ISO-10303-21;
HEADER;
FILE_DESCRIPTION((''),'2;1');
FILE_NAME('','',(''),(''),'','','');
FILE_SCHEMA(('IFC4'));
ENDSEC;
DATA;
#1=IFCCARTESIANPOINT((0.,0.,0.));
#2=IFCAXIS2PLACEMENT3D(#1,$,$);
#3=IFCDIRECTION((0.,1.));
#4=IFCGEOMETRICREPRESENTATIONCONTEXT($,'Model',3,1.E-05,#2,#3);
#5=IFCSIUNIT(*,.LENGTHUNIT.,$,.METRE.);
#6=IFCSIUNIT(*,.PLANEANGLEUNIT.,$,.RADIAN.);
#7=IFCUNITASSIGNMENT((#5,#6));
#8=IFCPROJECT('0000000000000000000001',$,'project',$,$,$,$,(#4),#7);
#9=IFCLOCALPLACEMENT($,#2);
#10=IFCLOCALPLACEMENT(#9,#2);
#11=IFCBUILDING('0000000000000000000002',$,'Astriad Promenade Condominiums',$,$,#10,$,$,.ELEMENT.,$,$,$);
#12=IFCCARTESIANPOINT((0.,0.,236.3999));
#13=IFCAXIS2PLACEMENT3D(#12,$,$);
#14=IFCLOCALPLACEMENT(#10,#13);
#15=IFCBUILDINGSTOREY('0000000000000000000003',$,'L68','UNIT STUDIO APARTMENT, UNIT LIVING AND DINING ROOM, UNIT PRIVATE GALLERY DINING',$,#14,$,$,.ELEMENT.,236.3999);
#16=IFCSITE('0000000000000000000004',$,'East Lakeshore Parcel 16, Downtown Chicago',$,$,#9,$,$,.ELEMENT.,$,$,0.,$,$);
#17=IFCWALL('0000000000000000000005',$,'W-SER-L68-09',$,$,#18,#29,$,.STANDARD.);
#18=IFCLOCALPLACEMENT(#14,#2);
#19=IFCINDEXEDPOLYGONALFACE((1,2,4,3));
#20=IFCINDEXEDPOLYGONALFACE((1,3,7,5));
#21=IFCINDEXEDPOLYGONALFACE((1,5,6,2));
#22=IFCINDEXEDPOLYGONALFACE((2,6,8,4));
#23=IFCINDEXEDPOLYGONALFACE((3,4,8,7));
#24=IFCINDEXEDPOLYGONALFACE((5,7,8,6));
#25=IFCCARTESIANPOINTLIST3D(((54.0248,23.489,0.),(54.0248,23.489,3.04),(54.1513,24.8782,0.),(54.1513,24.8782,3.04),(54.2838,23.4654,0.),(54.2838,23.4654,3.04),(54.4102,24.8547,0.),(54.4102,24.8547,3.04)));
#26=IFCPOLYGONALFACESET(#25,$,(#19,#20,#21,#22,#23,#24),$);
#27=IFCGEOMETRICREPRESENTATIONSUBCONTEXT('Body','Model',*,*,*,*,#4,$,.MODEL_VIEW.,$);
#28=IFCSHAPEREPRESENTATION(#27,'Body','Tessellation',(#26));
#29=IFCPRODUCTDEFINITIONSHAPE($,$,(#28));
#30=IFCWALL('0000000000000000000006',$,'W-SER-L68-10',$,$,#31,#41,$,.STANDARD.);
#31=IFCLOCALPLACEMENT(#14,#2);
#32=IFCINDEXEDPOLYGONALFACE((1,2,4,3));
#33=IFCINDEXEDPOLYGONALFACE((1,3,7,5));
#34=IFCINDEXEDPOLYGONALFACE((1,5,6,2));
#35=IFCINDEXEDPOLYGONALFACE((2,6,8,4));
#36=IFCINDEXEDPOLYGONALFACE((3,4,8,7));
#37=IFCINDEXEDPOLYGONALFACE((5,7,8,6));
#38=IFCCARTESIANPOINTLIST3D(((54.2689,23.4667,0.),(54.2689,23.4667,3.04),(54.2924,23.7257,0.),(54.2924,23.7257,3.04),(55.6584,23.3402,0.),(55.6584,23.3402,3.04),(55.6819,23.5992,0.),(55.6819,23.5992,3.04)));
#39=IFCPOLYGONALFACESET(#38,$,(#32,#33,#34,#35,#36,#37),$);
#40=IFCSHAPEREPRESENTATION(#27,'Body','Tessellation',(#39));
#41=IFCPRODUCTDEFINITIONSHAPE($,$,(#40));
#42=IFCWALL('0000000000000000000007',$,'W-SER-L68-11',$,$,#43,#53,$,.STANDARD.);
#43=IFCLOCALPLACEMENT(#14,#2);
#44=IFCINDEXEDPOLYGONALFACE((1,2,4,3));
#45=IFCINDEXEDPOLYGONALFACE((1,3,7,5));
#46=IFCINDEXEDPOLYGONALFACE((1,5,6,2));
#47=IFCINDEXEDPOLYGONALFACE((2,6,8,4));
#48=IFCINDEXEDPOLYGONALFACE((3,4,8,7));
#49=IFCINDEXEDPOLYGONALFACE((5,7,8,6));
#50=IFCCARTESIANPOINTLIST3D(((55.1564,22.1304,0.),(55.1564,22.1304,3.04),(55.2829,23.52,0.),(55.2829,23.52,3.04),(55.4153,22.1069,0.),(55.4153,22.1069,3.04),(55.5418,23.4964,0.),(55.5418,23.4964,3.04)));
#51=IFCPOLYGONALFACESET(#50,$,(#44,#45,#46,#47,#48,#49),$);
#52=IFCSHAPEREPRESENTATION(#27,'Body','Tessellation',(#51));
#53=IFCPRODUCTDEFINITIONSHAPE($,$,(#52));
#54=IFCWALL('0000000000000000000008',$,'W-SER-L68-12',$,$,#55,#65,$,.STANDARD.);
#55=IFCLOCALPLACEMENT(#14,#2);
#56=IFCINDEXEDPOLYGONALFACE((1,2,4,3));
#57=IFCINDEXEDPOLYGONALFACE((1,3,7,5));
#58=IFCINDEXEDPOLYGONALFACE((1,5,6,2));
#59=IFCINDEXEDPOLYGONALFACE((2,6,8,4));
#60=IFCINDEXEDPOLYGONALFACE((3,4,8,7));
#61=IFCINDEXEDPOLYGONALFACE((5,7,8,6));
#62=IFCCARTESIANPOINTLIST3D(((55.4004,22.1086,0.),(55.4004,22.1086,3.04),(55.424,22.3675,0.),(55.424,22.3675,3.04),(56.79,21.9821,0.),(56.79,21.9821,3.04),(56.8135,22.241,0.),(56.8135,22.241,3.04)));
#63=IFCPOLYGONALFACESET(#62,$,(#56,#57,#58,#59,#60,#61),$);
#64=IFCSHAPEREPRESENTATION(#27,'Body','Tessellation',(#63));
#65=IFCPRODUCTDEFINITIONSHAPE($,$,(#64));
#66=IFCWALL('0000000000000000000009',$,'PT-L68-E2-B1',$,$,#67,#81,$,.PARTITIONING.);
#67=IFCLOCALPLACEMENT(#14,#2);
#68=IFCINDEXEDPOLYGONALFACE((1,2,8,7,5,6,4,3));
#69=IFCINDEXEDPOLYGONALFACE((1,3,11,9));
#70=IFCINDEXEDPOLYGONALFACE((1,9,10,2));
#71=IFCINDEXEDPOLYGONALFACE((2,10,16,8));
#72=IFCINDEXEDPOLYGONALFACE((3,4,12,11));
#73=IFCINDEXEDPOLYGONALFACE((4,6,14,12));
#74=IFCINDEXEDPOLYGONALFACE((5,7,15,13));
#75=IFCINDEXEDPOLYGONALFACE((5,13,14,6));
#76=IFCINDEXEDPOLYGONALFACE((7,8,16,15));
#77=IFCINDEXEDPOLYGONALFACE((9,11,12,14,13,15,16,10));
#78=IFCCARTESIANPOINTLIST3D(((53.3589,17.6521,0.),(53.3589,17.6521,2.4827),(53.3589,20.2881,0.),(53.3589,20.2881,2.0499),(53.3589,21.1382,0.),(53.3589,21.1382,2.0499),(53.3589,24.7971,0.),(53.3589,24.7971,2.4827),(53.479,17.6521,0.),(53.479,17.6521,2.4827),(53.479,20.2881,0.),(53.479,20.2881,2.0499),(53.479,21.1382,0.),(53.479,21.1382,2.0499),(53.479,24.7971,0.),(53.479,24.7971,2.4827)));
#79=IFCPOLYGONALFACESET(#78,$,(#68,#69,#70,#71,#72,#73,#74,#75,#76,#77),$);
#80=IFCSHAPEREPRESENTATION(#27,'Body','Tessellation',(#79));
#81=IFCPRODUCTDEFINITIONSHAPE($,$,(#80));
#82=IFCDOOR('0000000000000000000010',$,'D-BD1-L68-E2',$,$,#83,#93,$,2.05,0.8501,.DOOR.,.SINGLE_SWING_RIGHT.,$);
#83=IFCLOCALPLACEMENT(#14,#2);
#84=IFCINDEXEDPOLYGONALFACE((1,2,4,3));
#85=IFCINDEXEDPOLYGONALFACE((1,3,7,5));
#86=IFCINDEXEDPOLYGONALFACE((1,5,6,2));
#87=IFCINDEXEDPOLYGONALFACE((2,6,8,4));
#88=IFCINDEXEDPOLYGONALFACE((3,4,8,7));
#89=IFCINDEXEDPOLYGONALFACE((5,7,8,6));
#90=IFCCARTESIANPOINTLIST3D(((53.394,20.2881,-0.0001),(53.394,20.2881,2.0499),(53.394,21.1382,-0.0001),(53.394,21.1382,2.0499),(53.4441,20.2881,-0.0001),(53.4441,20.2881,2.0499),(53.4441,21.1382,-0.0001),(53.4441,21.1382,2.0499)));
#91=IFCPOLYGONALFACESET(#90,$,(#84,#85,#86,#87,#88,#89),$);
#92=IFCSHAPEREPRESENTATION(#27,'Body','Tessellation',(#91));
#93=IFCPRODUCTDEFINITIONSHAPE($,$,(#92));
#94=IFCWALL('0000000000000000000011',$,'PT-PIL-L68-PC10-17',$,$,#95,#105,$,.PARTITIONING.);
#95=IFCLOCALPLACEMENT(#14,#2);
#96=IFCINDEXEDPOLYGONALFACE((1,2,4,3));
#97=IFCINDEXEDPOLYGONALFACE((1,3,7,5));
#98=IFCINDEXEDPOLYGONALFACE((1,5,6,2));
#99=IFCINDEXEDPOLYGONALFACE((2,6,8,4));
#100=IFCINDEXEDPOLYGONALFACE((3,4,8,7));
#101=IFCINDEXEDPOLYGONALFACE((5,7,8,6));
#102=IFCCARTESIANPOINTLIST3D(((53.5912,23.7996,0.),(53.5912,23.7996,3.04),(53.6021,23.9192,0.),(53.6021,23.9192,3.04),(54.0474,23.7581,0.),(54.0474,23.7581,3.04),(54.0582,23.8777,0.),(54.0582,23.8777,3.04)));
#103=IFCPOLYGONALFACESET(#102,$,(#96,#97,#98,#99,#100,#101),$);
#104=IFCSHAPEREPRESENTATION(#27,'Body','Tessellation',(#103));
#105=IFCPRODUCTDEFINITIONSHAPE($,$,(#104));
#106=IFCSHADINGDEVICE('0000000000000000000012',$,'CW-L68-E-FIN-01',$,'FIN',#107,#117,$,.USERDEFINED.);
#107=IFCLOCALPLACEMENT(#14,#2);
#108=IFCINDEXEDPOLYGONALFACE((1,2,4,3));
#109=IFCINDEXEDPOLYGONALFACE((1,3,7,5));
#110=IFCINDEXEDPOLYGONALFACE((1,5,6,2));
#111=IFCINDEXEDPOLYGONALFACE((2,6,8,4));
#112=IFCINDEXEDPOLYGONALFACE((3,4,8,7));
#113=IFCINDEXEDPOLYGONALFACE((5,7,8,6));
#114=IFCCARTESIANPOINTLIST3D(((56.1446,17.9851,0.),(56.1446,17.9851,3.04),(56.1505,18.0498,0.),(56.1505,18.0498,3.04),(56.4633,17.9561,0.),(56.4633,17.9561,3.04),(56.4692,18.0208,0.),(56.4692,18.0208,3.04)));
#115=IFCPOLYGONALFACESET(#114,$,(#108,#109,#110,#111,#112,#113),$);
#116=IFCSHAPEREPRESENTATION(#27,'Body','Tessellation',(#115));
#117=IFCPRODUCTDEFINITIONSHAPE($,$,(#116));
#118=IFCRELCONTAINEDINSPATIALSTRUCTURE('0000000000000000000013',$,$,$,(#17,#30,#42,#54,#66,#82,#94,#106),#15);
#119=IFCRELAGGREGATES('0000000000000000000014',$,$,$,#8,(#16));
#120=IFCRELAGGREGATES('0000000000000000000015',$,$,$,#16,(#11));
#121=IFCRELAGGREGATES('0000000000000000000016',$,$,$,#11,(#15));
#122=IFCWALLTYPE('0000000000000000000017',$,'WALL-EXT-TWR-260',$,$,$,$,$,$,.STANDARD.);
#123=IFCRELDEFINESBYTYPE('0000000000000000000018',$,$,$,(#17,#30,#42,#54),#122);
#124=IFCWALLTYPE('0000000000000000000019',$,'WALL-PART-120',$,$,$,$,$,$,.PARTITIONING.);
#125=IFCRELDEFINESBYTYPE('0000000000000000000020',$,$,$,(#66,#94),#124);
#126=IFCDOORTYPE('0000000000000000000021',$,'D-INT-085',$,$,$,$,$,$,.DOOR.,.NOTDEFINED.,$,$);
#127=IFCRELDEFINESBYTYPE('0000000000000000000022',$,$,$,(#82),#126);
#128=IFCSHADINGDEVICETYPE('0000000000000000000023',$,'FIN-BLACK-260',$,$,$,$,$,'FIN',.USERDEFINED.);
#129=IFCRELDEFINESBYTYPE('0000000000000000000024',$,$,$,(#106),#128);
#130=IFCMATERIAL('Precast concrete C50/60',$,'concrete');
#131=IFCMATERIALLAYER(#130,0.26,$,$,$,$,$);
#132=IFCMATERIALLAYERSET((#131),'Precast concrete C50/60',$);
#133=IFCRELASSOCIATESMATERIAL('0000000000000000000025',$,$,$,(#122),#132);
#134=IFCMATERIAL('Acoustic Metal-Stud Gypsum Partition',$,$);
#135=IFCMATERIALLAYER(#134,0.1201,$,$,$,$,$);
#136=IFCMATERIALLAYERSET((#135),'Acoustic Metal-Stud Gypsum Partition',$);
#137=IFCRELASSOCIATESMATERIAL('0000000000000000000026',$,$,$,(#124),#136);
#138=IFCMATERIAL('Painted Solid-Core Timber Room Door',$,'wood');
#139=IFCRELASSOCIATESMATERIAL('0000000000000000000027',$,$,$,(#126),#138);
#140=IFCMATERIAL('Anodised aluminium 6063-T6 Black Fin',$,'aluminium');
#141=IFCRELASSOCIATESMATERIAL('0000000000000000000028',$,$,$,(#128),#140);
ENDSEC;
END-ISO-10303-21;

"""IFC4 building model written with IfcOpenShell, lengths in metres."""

from ifc_helpers import new_model, si_unit, direction, frame, frame_2d, origin, origin_2d, place, context, subcontext, project, spatial, rectangle, extrude, source, transform, mapped, material, layer, layer_set, type_object, type_shapes, element, fill, save


model = new_model("IFC4")

# Units and contexts
model_context = context("Model", 3, precision=1e-05, world=origin(), true_north=direction((0.0, 1.0)))
body_context = subcontext(model_context, "Body", "Model", "MODEL_VIEW")
ifc_project = project(units=[si_unit("LENGTHUNIT", "METRE"), si_unit("PLANEANGLEUNIT", "RADIAN")], contexts=[model_context])

# Site, building, storey
site_placement = place(None, origin())
site = spatial("IfcSite", under=ifc_project, at=site_placement, Name="East Lakeshore Parcel 16, Downtown Chicago", CompositionType="ELEMENT", RefElevation=0.0)
building_placement = place(site_placement, origin())
building = spatial("IfcBuilding", under=site, at=building_placement, Name="Astriad Promenade Condominiums", CompositionType="ELEMENT")
storey_placement = place(building_placement, frame((0.0, 0.0, 236.3999)))
storey = spatial("IfcBuildingStorey", under=building, at=storey_placement, Name="L68", Description="UNIT STUDIO APARTMENT, UNIT LIVING AND DINING ROOM, UNIT PRIVATE GALLERY DINING", CompositionType="ELEMENT", Elevation=236.3999)

# Walls
ifc_material_1 = material(Name="Precast concrete C50/60", Category="concrete")
ifc_layer_1 = layer(ifc_material_1, 0.26)
ifc_layer_set_1 = layer_set([ifc_layer_1], Name="Precast concrete C50/60")
wall_type_1 = type_object("IfcWallType", Name="WALL-EXT-TWR-260", PredefinedType="STANDARD", material=ifc_layer_set_1)
wall_1_placement = place(storey_placement, frame((54.2808, 24.8665, 0.0), z_axis=(0.0, 0.0, 1.0), x_axis=(-0.090662, -0.995882, 0.0)))
element("IfcWall", 1, at=wall_1_placement, inside=storey, type_object=wall_type_1, Name="W-SER-L68-09", PredefinedType="STANDARD", context=body_context, shape_type="SweptSolid", body=[
    extrude(rectangle(XDim=1.395, YDim=0.26, at=frame_2d((0.6975, 0.0))), origin(), (0.0, 0.0, 1.0), 3.04),
])
for number, where, z_axis, x_axis, name in (
    (2, (54.2805, 23.5962, 0.0), (0.0, 0.0, 1.0), (0.995883, -0.090646, 0.0), "W-SER-L68-10"),
    (3, (55.4124, 23.5083, 0.0), (0.0, 0.0, 1.0), (-0.090646, -0.995883, 0.0), "W-SER-L68-11"),
    (4, (55.4121, 22.238, 0.0), (0.0, 0.0, 1.0), (0.995883, -0.090646, 0.0), "W-SER-L68-12"),
):
    element("IfcWall", number, at=place(storey_placement, frame(where, z_axis=z_axis, x_axis=x_axis)), inside=storey, type_object=wall_type_1, Name=name, PredefinedType="STANDARD", context=body_context, shape_type="SweptSolid", body=[
        extrude(rectangle(XDim=1.3953, YDim=0.26, at=frame_2d((0.6978, 0.0))), origin(), (0.0, 0.0, 1.0), 3.04),
    ])

# Wall, opening, door
ifc_material_2 = material(Name="Acoustic Metal-Stud Gypsum Partition")
ifc_layer_2 = layer(ifc_material_2, 0.1201)
ifc_layer_set_2 = layer_set([ifc_layer_2], Name="Acoustic Metal-Stud Gypsum Partition")
wall_type_2 = type_object("IfcWallType", Name="WALL-PART-120", PredefinedType="PARTITIONING", material=ifc_layer_set_2)
wall_2_placement = place(storey_placement, frame((53.4189, 17.6521, 0.0), z_axis=(0.0, 0.0, 1.0), x_axis=(0.0, 1.0, 0.0)))
wall_2 = element("IfcWall", 5, at=wall_2_placement, inside=storey, type_object=wall_type_2, Name="PT-L68-E2-B1", PredefinedType="PARTITIONING", context=body_context, shape_type="SweptSolid", body=[
    extrude(rectangle(XDim=7.145, YDim=0.1201, at=frame_2d((3.5725, 0.0))), origin(), (0.0, 0.0, 1.0), 2.4827),
])
opening_placement = place(wall_2_placement, frame((2.636, 0.0, 0.0)))
opening = element("IfcOpeningElement", 6, at=opening_placement, cuts=wall_2, PredefinedType="OPENING", context=body_context, shape_type="SweptSolid", body=[
    extrude(rectangle(XDim=0.8501, YDim=2.05, at=frame_2d((0.425, 1.0249))), frame((0.0, 0.0701, 0.0), z_axis=(0.0, -1.0, 0.0), x_axis=(1.0, 0.0, 0.0)), (0.0, 0.0, 1.0), 0.1401),
])
ifc_material_3 = material(Name="Painted Solid-Core Timber Room Door", Category="wood")
door_type = type_object("IfcDoorType", Name="D-INT-085", OperationType="NOTDEFINED", PredefinedType="DOOR", material=ifc_material_3)
shared_shape_1 = source(origin(), body_context, "Body", "SweptSolid", [
    extrude(rectangle(XDim=0.8501, YDim=2.05, at=frame_2d((0.425, 1.0249))), frame((0.0, 0.0249, 0.0), z_axis=(0.0, -1.0, 0.0), x_axis=(1.0, 0.0, 0.0)), (0.0, 0.0, 1.0), 0.05),
])
type_shapes(door_type, [shared_shape_1])
door_placement = place(opening_placement, origin())
door = element("IfcDoor", 7, at=door_placement, inside=storey, type_object=door_type, Name="D-BD1-L68-E2", OperationType="SINGLE_SWING_RIGHT", OverallHeight=2.05, OverallWidth=0.8501, PredefinedType="DOOR", context=body_context, shape_type="MappedRepresentation", body=[
    mapped(shared_shape_1, transform((0.0, 0.0, 0.0), scale=1.0)),
])
fill(opening, door)

# Wall
wall_3_placement = place(storey_placement, frame((53.5967, 23.8594, 0.0), z_axis=(0.0, 0.0, 1.0), x_axis=(0.995884, -0.090632, 0.0)))
element("IfcWall", 8, at=wall_3_placement, inside=storey, type_object=wall_type_2, Name="PT-PIL-L68-PC10-17", PredefinedType="PARTITIONING", context=body_context, shape_type="SweptSolid", body=[
    extrude(rectangle(XDim=0.458, YDim=0.1201, at=frame_2d((0.229, 0.0))), origin(), (0.0, 0.0, 1.0), 3.04),
])

# Shading device
ifc_material_4 = material(Name="Anodised aluminium 6063-T6 Black Fin", Category="aluminium")
shading_device_type = type_object("IfcShadingDeviceType", Name="FIN-BLACK-260", ElementType="FIN", PredefinedType="USERDEFINED", material=ifc_material_4)
shared_shape_2 = source(origin(), body_context, "Body", "SweptSolid", [
    extrude(rectangle(XDim=0.0649, YDim=0.3201, at=origin_2d()), origin(), (0.0, 0.0, 1.0), 3.04),
])
type_shapes(shading_device_type, [shared_shape_2])
shading_device_placement = place(storey_placement, frame((56.3069, 18.0029, 0.0), z_axis=(0.0, 0.0, 1.0), x_axis=(-0.090633, -0.995884, 0.0)))
element("IfcShadingDevice", 9, at=shading_device_placement, inside=storey, type_object=shading_device_type, Name="CW-L68-E-FIN-01", ObjectType="FIN", PredefinedType="USERDEFINED", context=body_context, shape_type="MappedRepresentation", body=[
    mapped(shared_shape_2, transform((0.0, 0.0, 0.0), scale=1.0)),
])

save(model, "model.ifc")
